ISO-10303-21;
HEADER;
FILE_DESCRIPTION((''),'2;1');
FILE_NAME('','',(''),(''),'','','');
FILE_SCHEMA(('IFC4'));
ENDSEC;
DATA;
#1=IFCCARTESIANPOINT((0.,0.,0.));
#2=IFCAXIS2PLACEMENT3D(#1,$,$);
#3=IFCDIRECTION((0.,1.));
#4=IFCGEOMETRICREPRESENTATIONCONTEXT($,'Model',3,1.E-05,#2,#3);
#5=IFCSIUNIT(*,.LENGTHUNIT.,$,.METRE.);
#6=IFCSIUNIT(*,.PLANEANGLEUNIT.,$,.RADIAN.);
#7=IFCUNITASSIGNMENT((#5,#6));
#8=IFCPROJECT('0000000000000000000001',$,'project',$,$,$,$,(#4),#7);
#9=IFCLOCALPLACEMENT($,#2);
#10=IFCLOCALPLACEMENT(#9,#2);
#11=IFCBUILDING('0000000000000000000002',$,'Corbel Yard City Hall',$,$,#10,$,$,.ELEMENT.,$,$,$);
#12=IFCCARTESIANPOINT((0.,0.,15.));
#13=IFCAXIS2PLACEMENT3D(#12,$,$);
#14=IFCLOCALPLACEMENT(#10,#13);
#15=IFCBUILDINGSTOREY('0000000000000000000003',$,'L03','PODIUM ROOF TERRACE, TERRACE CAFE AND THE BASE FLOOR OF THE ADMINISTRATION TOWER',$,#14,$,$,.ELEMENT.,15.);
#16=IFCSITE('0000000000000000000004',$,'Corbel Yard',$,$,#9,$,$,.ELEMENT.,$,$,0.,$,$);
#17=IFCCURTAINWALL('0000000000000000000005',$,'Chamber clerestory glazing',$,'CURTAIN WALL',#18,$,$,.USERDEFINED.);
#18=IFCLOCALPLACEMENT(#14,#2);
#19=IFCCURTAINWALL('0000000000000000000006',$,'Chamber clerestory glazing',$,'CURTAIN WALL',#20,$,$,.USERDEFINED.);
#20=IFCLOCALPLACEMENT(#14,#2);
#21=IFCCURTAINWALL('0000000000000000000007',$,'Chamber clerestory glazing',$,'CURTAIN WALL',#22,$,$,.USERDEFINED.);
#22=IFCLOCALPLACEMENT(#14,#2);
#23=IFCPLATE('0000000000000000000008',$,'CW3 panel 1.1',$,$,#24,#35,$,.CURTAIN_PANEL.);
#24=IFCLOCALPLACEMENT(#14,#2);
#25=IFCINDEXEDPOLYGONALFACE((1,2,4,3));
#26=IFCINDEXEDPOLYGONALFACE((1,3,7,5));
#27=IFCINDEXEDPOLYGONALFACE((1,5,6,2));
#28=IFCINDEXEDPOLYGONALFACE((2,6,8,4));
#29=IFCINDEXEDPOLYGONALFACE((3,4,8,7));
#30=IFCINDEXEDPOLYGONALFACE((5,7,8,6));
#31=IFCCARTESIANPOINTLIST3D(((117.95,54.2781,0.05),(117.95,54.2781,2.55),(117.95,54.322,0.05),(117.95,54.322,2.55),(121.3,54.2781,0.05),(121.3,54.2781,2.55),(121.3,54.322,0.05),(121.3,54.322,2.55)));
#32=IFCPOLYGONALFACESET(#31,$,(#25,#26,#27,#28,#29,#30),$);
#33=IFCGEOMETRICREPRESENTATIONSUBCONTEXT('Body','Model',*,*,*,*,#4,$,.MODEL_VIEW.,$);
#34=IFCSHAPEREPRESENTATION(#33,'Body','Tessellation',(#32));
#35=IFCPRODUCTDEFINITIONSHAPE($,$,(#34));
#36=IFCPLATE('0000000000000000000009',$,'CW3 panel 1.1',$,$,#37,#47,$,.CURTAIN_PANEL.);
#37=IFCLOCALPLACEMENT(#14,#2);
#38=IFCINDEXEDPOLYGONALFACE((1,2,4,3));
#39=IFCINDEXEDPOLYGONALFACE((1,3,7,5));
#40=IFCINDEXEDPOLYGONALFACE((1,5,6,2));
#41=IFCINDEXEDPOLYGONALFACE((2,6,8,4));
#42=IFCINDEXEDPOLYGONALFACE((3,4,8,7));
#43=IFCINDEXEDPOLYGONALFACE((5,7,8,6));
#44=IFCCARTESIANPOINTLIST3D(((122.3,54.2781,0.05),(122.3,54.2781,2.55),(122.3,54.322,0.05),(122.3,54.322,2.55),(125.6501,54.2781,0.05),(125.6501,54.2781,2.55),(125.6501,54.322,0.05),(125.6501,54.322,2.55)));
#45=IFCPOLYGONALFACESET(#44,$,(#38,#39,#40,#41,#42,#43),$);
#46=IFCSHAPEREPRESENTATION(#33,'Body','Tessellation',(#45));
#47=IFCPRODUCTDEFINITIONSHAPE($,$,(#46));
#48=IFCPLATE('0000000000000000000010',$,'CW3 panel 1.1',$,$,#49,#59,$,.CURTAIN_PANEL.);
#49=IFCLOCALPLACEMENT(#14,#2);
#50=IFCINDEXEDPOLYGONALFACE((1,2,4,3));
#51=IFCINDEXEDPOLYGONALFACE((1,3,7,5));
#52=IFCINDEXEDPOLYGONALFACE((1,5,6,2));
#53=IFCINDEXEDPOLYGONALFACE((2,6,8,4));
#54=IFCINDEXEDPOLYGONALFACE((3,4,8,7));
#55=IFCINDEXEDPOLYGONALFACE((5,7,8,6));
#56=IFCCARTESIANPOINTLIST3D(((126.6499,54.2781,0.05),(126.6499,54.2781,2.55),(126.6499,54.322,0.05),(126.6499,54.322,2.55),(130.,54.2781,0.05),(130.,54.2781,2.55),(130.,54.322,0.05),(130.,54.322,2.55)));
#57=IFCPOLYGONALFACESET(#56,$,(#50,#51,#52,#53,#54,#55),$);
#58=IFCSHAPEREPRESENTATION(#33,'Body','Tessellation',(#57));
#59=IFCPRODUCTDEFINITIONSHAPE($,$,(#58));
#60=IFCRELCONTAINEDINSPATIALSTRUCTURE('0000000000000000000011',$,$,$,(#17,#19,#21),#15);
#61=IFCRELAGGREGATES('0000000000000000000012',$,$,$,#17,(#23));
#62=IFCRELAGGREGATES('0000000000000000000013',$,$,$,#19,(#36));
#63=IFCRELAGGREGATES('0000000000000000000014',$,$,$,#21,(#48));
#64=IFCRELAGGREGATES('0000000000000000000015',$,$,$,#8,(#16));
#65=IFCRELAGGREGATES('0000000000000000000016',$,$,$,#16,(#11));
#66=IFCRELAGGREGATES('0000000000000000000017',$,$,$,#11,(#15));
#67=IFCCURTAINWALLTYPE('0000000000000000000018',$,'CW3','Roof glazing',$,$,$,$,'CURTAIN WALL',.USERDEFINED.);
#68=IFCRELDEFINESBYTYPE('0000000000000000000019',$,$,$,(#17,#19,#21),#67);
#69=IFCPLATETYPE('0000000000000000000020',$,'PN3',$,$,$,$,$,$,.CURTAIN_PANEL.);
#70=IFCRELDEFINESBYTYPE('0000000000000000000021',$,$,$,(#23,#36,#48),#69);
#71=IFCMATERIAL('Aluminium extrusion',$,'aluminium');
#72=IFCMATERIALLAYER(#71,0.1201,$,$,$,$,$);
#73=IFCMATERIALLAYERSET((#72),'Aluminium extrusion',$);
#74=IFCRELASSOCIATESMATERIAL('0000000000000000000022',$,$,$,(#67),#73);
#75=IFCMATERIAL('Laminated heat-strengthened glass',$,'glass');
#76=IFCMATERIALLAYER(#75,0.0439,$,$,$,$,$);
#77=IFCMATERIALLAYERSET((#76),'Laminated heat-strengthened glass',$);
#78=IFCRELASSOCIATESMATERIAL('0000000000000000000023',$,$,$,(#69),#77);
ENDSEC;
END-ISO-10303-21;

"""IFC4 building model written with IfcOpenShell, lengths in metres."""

from ifc_helpers import new_model, si_unit, direction, frame, origin, origin_2d, place, context, subcontext, project, spatial, rectangle, extrude, material, layer, layer_set, type_object, element, aggregate, save


model = new_model("IFC4")

# Units and contexts
model_context = context("Model", 3, precision=1e-05, world=origin(), true_north=direction((0.0, 1.0)))
body_context = subcontext(model_context, "Body", "Model", "MODEL_VIEW")
ifc_project = project(units=[si_unit("LENGTHUNIT", "METRE"), si_unit("PLANEANGLEUNIT", "RADIAN")], contexts=[model_context])

# Site, building, storey
site_placement = place(None, origin())
site = spatial("IfcSite", under=ifc_project, at=site_placement, Name="Corbel Yard", CompositionType="ELEMENT", RefElevation=0.0)
building_placement = place(site_placement, origin())
building = spatial("IfcBuilding", under=site, at=building_placement, Name="Corbel Yard City Hall", CompositionType="ELEMENT")
storey_placement = place(building_placement, frame((0.0, 0.0, 15.0)))
storey = spatial("IfcBuildingStorey", under=building, at=storey_placement, Name="L03", Description="PODIUM ROOF TERRACE, TERRACE CAFE AND THE BASE FLOOR OF THE ADMINISTRATION TOWER", CompositionType="ELEMENT", Elevation=15.0)

# Curtain wall
ifc_material_1 = material(Name="Aluminium extrusion", Category="aluminium")
ifc_layer_1 = layer(ifc_material_1, 0.1201)
ifc_layer_set_1 = layer_set([ifc_layer_1], Name="Aluminium extrusion")
curtain_wall_type_1 = type_object("IfcCurtainWallType", Name="CW3", Description="Roof glazing", ElementType="CURTAIN WALL", PredefinedType="USERDEFINED", material=ifc_layer_set_1)
curtain_wall_1_placement = place(storey_placement, origin())
curtain_wall_1 = element("IfcCurtainWall", 1, at=curtain_wall_1_placement, inside=storey, type_object=curtain_wall_type_1, Name="Chamber clerestory glazing", ObjectType="CURTAIN WALL", PredefinedType="USERDEFINED")

# Curtain wall
curtain_wall_2_placement = place(storey_placement, origin())
curtain_wall_2 = element("IfcCurtainWall", 2, at=curtain_wall_2_placement, inside=storey, type_object=curtain_wall_type_1, Name="Chamber clerestory glazing", ObjectType="CURTAIN WALL", PredefinedType="USERDEFINED")

# Curtain wall
curtain_wall_3_placement = place(storey_placement, origin())
curtain_wall_3 = element("IfcCurtainWall", 3, at=curtain_wall_3_placement, inside=storey, type_object=curtain_wall_type_1, Name="Chamber clerestory glazing", ObjectType="CURTAIN WALL", PredefinedType="USERDEFINED")

# Plates
ifc_material_2 = material(Name="Laminated heat-strengthened glass", Category="glass")
ifc_layer_2 = layer(ifc_material_2, 0.0439)
ifc_layer_set_2 = layer_set([ifc_layer_2], Name="Laminated heat-strengthened glass")
plate_type = type_object("IfcPlateType", Name="PN3", PredefinedType="CURTAIN_PANEL", material=ifc_layer_set_2)
plate_1_placement = place(storey_placement, frame((119.625, 54.3, 0.05), z_axis=(0.0, 0.0, 1.0), x_axis=(1.0, 0.0, 0.0)))
plate_1 = element("IfcPlate", 4, at=plate_1_placement, type_object=plate_type, Name="CW3 panel 1.1", PredefinedType="CURTAIN_PANEL", context=body_context, shape_type="SweptSolid", body=[
    extrude(rectangle(XDim=3.3501, YDim=0.0439, at=origin_2d()), origin(), (0.0, 0.0, 1.0), 2.5),
])
aggregate(curtain_wall_1, [plate_1])
plate_2_placement = place(storey_placement, frame((123.9751, 54.3, 0.05), z_axis=(0.0, 0.0, 1.0), x_axis=(1.0, 0.0, 0.0)))
plate_2 = element("IfcPlate", 5, at=plate_2_placement, type_object=plate_type, Name="CW3 panel 1.1", PredefinedType="CURTAIN_PANEL", context=body_context, shape_type="SweptSolid", body=[
    extrude(rectangle(XDim=3.3501, YDim=0.0439, at=origin_2d()), origin(), (0.0, 0.0, 1.0), 2.5),
])
aggregate(curtain_wall_2, [plate_2])
plate_3_placement = place(storey_placement, frame((128.325, 54.3, 0.05), z_axis=(0.0, 0.0, 1.0), x_axis=(1.0, 0.0, 0.0)))
plate_3 = element("IfcPlate", 6, at=plate_3_placement, type_object=plate_type, Name="CW3 panel 1.1", PredefinedType="CURTAIN_PANEL", context=body_context, shape_type="SweptSolid", body=[
    extrude(rectangle(XDim=3.3501, YDim=0.0439, at=origin_2d()), origin(), (0.0, 0.0, 1.0), 2.5),
])
aggregate(curtain_wall_3, [plate_3])

save(model, "model.ifc")
